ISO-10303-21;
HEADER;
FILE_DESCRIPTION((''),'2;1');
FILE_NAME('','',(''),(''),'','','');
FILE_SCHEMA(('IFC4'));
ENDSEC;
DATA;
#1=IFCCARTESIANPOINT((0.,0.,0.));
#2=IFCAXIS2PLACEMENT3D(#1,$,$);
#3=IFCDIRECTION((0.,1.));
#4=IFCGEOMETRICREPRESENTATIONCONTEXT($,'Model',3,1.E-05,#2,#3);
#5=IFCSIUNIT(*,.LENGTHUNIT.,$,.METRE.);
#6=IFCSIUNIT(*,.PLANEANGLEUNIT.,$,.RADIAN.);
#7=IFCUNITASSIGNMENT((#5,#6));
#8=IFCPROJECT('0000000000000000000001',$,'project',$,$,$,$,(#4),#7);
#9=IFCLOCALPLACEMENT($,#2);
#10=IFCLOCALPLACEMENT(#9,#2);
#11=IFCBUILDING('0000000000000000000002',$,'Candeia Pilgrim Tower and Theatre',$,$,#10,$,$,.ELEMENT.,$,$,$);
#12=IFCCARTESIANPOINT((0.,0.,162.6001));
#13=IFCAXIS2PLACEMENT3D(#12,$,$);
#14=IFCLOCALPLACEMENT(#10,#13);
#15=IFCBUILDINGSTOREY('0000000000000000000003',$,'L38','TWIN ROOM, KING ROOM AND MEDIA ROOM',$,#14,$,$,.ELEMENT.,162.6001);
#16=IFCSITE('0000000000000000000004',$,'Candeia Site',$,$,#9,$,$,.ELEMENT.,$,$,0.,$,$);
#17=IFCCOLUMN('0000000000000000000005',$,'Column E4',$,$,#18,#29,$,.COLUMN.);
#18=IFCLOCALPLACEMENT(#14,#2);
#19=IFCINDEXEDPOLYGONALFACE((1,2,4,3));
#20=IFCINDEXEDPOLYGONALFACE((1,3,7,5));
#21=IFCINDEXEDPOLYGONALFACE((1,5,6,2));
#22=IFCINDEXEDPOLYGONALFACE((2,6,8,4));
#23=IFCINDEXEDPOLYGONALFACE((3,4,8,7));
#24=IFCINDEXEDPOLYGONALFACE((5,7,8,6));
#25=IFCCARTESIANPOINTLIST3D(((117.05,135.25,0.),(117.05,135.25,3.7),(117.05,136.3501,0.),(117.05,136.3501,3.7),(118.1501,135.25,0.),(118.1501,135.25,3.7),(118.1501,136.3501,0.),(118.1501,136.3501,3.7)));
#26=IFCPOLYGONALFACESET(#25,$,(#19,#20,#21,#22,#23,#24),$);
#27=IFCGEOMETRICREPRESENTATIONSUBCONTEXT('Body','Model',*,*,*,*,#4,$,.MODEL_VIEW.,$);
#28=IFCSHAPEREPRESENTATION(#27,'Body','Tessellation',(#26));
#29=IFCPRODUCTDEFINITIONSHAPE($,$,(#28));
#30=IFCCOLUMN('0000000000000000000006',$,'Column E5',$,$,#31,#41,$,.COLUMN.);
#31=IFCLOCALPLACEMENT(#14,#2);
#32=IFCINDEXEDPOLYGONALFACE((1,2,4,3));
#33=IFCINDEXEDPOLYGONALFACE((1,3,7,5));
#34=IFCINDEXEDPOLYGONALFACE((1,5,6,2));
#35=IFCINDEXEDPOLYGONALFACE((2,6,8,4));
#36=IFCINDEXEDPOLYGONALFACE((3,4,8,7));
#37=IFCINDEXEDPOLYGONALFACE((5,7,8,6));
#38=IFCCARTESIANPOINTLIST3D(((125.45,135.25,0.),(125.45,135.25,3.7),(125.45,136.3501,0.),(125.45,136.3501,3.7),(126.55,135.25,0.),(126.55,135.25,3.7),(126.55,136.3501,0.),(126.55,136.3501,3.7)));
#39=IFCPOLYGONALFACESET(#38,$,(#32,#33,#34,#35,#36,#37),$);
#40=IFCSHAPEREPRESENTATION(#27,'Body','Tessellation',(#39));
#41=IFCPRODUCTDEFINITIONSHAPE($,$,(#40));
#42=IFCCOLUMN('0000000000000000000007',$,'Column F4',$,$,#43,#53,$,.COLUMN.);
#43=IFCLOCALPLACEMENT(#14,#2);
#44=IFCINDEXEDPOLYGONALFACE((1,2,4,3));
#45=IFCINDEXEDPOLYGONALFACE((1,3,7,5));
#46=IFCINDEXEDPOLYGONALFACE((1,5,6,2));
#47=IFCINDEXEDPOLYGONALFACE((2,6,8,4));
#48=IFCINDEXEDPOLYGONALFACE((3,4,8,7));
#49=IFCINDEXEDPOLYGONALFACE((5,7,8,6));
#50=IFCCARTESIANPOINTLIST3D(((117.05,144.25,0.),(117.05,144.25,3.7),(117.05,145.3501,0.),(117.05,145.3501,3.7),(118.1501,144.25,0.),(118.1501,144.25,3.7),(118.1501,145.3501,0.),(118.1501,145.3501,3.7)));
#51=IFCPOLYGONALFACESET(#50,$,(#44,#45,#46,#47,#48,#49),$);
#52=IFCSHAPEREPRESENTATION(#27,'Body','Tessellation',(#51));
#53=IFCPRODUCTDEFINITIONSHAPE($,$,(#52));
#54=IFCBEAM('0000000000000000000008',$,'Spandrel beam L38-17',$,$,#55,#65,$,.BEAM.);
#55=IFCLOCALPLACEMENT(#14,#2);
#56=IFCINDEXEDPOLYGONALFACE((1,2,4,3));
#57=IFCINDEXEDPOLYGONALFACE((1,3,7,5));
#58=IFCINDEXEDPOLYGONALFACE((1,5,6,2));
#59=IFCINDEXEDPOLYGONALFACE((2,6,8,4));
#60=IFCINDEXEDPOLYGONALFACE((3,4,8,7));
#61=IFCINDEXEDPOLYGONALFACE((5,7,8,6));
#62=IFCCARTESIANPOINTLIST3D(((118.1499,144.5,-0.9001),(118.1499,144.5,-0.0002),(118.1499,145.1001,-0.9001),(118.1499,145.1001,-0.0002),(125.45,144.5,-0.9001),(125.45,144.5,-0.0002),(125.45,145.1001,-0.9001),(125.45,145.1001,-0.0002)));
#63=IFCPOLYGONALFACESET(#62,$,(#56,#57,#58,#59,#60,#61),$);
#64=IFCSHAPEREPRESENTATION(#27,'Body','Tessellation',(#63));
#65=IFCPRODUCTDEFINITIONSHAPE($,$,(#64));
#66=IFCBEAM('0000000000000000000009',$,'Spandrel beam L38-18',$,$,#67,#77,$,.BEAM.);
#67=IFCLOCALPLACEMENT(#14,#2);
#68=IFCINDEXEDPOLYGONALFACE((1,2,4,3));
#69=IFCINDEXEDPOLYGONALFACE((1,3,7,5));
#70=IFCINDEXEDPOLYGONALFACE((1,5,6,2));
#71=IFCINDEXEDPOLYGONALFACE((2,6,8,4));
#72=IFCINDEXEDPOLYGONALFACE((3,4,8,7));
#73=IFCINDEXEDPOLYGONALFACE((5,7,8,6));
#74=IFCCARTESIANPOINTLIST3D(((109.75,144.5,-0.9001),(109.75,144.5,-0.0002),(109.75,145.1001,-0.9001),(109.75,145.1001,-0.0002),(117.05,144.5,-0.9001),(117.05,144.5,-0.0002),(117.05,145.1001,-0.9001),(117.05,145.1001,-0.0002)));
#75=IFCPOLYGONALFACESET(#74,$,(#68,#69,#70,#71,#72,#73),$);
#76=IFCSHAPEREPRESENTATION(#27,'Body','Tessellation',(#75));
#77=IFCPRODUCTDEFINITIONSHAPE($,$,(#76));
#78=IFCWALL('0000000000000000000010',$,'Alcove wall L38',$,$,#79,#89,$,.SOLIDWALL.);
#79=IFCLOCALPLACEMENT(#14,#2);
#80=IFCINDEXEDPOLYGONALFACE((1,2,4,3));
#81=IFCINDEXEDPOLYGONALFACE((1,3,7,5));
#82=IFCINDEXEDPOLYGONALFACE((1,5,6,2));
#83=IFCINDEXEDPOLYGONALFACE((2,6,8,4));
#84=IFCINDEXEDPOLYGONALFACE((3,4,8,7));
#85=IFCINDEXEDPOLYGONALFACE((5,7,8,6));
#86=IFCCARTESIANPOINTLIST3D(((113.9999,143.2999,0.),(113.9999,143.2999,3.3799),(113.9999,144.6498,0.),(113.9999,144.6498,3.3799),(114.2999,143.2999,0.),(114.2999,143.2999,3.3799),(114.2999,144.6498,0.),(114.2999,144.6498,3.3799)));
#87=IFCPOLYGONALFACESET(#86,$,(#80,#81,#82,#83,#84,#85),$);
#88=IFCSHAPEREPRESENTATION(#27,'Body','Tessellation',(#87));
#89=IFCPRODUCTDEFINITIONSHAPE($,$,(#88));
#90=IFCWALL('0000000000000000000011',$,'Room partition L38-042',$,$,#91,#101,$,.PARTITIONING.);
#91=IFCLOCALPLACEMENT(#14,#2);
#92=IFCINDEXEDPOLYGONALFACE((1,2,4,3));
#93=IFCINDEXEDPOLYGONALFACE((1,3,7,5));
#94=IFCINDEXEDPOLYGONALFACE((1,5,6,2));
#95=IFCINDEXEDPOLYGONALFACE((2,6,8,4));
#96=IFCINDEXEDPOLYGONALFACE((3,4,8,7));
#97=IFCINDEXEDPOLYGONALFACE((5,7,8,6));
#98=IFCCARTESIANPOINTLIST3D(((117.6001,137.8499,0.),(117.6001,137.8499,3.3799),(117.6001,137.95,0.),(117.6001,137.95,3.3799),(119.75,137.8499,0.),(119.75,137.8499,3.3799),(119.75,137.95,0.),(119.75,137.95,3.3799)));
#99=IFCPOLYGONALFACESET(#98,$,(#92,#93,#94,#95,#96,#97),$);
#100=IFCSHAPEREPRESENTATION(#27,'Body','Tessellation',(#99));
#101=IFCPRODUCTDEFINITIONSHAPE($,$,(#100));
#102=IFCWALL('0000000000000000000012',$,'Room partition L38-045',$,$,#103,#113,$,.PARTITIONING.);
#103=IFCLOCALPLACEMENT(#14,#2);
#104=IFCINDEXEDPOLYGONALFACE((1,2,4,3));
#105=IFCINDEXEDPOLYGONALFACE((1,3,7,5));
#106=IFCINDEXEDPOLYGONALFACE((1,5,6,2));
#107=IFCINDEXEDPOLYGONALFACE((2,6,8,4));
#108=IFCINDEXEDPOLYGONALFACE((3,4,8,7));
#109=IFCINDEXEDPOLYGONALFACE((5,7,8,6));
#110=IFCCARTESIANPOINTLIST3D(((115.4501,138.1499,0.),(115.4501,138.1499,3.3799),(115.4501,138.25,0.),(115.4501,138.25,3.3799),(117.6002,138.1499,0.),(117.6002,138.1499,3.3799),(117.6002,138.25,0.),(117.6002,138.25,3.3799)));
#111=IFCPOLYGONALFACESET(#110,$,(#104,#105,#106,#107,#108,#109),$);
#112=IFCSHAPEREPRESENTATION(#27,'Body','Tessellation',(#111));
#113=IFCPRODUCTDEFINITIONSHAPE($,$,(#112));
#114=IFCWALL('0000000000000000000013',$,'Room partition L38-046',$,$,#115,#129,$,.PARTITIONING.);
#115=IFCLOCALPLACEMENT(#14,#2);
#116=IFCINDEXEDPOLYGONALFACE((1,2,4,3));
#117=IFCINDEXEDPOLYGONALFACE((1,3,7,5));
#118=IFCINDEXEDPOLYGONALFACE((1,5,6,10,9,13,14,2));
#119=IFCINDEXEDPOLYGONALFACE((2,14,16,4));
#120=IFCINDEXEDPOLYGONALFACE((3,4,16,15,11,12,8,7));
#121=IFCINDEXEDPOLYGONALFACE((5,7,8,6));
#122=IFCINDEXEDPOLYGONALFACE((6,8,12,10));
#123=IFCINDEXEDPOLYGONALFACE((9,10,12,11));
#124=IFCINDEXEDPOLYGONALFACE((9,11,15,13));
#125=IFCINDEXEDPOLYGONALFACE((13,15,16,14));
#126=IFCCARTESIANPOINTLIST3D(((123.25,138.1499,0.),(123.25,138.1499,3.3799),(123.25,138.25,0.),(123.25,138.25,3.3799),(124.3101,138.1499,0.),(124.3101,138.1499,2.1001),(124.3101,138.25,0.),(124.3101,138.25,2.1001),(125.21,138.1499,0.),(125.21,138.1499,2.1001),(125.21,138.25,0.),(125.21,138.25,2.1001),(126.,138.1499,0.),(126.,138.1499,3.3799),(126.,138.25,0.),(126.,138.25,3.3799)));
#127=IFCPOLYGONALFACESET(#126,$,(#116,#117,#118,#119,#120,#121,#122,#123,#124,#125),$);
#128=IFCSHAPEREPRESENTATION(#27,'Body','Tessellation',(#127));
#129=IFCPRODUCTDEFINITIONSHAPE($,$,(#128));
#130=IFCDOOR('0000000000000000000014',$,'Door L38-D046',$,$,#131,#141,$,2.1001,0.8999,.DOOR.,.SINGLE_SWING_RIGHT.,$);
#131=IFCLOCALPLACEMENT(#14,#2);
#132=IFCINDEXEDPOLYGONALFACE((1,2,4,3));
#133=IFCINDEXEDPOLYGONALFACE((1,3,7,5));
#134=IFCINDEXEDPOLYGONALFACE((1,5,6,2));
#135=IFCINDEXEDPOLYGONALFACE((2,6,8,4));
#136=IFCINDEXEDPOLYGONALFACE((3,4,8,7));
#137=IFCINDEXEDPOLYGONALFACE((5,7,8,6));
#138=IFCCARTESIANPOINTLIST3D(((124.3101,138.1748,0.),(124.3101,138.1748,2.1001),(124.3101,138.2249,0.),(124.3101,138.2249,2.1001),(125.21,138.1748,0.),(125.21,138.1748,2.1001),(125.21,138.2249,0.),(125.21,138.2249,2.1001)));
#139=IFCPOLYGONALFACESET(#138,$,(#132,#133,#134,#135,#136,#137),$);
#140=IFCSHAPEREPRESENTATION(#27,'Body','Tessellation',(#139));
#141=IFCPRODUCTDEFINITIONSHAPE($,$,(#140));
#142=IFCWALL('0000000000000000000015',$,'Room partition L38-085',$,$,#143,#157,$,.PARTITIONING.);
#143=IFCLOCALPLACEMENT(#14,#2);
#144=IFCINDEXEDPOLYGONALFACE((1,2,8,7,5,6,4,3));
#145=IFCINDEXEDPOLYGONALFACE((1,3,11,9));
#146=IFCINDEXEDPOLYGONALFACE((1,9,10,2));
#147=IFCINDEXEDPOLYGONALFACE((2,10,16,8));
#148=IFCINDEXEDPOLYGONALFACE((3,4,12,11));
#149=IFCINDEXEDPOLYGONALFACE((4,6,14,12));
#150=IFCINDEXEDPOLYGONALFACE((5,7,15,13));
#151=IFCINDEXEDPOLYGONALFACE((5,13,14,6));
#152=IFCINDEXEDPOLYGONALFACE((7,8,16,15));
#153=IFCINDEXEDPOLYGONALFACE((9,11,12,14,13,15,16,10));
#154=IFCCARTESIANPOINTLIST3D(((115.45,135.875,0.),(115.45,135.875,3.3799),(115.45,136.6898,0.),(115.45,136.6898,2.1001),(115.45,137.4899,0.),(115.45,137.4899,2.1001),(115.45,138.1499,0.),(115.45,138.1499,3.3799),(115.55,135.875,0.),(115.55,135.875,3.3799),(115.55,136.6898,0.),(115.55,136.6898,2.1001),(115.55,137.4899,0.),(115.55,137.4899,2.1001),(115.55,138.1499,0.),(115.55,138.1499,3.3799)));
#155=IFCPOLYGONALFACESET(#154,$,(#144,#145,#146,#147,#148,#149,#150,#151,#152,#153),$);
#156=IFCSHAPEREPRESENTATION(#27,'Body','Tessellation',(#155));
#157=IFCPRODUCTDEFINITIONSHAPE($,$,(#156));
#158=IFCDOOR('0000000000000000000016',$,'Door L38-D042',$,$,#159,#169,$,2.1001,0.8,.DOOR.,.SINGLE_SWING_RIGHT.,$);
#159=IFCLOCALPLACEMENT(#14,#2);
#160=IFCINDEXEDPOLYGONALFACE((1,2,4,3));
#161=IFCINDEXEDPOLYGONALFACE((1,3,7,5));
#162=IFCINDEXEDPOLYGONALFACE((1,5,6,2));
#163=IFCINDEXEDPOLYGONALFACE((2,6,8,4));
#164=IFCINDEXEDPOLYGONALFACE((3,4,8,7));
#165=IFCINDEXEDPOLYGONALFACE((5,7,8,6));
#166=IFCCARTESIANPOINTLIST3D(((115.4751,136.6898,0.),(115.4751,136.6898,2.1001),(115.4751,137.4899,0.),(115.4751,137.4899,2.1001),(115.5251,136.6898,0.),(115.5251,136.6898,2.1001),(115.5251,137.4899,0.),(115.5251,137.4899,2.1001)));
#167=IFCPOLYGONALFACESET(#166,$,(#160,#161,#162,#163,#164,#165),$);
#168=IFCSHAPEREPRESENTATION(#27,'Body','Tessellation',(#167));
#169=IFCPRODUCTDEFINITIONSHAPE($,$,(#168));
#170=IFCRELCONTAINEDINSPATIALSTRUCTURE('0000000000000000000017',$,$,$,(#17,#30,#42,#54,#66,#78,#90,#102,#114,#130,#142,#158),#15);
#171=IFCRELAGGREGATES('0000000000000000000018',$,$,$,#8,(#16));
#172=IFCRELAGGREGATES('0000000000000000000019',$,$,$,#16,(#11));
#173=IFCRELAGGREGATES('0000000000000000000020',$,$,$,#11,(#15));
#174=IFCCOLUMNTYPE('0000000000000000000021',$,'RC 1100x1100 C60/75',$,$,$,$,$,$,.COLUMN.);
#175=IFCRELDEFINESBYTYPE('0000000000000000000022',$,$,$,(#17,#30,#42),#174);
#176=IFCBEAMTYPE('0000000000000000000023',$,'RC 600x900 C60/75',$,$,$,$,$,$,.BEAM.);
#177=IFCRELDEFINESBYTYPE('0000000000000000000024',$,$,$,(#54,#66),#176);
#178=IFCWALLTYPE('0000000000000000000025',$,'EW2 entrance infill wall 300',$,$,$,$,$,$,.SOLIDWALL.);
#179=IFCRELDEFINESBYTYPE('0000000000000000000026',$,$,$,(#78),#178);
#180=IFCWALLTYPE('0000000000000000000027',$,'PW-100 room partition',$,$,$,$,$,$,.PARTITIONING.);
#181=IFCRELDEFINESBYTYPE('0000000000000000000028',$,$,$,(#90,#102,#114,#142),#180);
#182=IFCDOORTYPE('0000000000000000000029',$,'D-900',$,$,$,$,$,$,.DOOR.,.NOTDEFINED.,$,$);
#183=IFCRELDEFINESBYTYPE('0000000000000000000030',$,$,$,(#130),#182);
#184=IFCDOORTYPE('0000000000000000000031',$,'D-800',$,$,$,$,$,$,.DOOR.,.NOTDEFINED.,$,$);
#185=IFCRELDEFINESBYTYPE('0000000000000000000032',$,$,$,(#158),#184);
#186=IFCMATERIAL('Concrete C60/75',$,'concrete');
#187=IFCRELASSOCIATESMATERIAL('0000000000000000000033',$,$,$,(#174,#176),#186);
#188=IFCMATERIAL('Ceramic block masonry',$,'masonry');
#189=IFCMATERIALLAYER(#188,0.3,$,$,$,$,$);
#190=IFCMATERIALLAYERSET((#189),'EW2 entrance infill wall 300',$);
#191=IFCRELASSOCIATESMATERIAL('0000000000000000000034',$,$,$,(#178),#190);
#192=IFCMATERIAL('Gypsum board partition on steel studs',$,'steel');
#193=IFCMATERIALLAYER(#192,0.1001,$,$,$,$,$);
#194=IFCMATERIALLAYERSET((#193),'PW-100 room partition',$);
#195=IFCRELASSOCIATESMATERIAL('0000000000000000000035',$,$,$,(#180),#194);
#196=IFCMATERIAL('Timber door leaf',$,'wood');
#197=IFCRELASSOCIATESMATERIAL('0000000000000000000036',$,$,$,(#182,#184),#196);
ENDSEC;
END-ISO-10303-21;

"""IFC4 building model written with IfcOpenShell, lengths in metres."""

from ifc_helpers import new_model, si_unit, direction, frame, frame_2d, origin, origin_2d, place, context, subcontext, project, spatial, rectangle, extrude, material, layer, layer_set, material_profile, profile_set, type_object, element, fill, save


model = new_model("IFC4")

# Units and contexts
model_context = context("Model", 3, precision=1e-05, world=origin(), true_north=direction((0.0, 1.0)))
body_context = subcontext(model_context, "Body", "Model", "MODEL_VIEW")
ifc_project = project(units=[si_unit("LENGTHUNIT", "METRE"), si_unit("PLANEANGLEUNIT", "RADIAN")], contexts=[model_context])

# Site, building, storey
site_placement = place(None, origin())
site = spatial("IfcSite", under=ifc_project, at=site_placement, Name="Candeia Site", CompositionType="ELEMENT", RefElevation=0.0)
building_placement = place(site_placement, origin())
building = spatial("IfcBuilding", under=site, at=building_placement, Name="Candeia Pilgrim Tower and Theatre", CompositionType="ELEMENT")
storey_placement = place(building_placement, frame((0.0, 0.0, 162.6001)))
storey = spatial("IfcBuildingStorey", under=building, at=storey_placement, Name="L38", Description="TWIN ROOM, KING ROOM AND MEDIA ROOM", CompositionType="ELEMENT", Elevation=162.6001)

# Columns
ifc_material_1 = material(Name="Concrete C60/75", Category="concrete")
ifc_material_profile_1 = material_profile(ifc_material_1, rectangle(XDim=1.1001, YDim=1.1001, at=origin_2d()))
ifc_profile_set_1 = profile_set([ifc_material_profile_1], Name="Concrete C60/75")
column_type = type_object("IfcColumnType", Name="RC 1100x1100 C60/75", PredefinedType="COLUMN", material=ifc_profile_set_1)
for number, where, z_axis, x_axis, name in (
    (1, (117.6001, 135.8, 0.0), (0.0, 0.0, 1.0), (1.0, 0.0, 0.0), "Column E4"),
    (2, (126.0, 135.8, 0.0), (0.0, 0.0, 1.0), (1.0, 0.0, 0.0), "Column E5"),
    (3, (117.6001, 144.8, 0.0), (0.0, 0.0, 1.0), (1.0, 0.0, 0.0), "Column F4"),
):
    element("IfcColumn", number, at=place(storey_placement, frame(where, z_axis=z_axis, x_axis=x_axis)), inside=storey, type_object=column_type, Name=name, PredefinedType="COLUMN", context=body_context, shape_type="SweptSolid", body=[
        extrude(rectangle(XDim=1.1001, YDim=1.1001, at=origin_2d()), origin(), (0.0, 0.0, 1.0), 3.7),
    ])

# Beams
ifc_material_profile_2 = material_profile(ifc_material_1, rectangle(XDim=0.6001, YDim=0.8999, at=origin_2d()))
ifc_profile_set_2 = profile_set([ifc_material_profile_2], Name="Concrete C60/75")
beam_type = type_object("IfcBeamType", Name="RC 600x900 C60/75", PredefinedType="BEAM", material=ifc_profile_set_2)
for number, where, z_axis, x_axis, name in (
    (4, (125.45, 144.8, -0.4502), (-1.0, 0.0, 0.0), (0.0, -1.0, 0.0), "Spandrel beam L38-17"),
    (5, (117.05, 144.8, -0.4502), (-1.0, 0.0, 0.0), (0.0, -1.0, 0.0), "Spandrel beam L38-18"),
):
    element("IfcBeam", number, at=place(storey_placement, frame(where, z_axis=z_axis, x_axis=x_axis)), inside=storey, type_object=beam_type, Name=name, PredefinedType="BEAM", context=body_context, shape_type="SweptSolid", body=[
        extrude(rectangle(XDim=0.6001, YDim=0.8999, at=origin_2d()), origin(), (0.0, 0.0, 1.0), 7.3),
    ])

# Wall
ifc_material_2 = material(Name="Ceramic block masonry", Category="masonry")
ifc_layer_1 = layer(ifc_material_2, 0.3)
ifc_layer_set_1 = layer_set([ifc_layer_1], Name="EW2 entrance infill wall 300")
wall_type_1 = type_object("IfcWallType", Name="EW2 entrance infill wall 300", PredefinedType="SOLIDWALL", material=ifc_layer_set_1)
wall_1_placement = place(storey_placement, frame((114.1499, 143.3, 0.0), z_axis=(0.0, 0.0, 1.0), x_axis=(0.0, 1.0, 0.0)))
element("IfcWall", 6, at=wall_1_placement, inside=storey, type_object=wall_type_1, Name="Alcove wall L38", PredefinedType="SOLIDWALL", context=body_context, shape_type="SweptSolid", body=[
    extrude(rectangle(XDim=1.3499, YDim=0.3, at=frame_2d((0.6748, 0.0))), origin(), (0.0, 0.0, 1.0), 3.3799),
])

# Walls
ifc_material_3 = material(Name="Gypsum board partition on steel studs", Category="steel")
ifc_layer_2 = layer(ifc_material_3, 0.1001)
ifc_layer_set_2 = layer_set([ifc_layer_2], Name="PW-100 room partition")
wall_type_2 = type_object("IfcWallType", Name="PW-100 room partition", PredefinedType="PARTITIONING", material=ifc_layer_set_2)
wall_2_placement = place(storey_placement, frame((117.6001, 137.8999, 0.0), z_axis=(0.0, 0.0, 1.0), x_axis=(1.0, 0.0, 0.0)))
element("IfcWall", 7, at=wall_2_placement, inside=storey, type_object=wall_type_2, Name="Room partition L38-042", PredefinedType="PARTITIONING", context=body_context, shape_type="SweptSolid", body=[
    extrude(rectangle(XDim=2.1499, YDim=0.1001, at=frame_2d((1.075, 0.0))), origin(), (0.0, 0.0, 1.0), 3.3799),
])
wall_3_placement = place(storey_placement, frame((115.45, 138.2, 0.0), z_axis=(0.0, 0.0, 1.0), x_axis=(1.0, 0.0, 0.0)))
element("IfcWall", 8, at=wall_3_placement, inside=storey, type_object=wall_type_2, Name="Room partition L38-045", PredefinedType="PARTITIONING", context=body_context, shape_type="SweptSolid", body=[
    extrude(rectangle(XDim=2.1501, YDim=0.1001, at=frame_2d((1.0752, 0.0))), origin(), (0.0, 0.0, 1.0), 3.3799),
])

# Walls, openings, doors
wall_4_placement = place(storey_placement, frame((123.25, 138.2, 0.0), z_axis=(0.0, 0.0, 1.0), x_axis=(1.0, 0.0, 0.0)))
wall_4 = element("IfcWall", 9, at=wall_4_placement, inside=storey, type_object=wall_type_2, Name="Room partition L38-046", PredefinedType="PARTITIONING", context=body_context, shape_type="SweptSolid", body=[
    extrude(rectangle(XDim=2.75, YDim=0.1001, at=frame_2d((1.375, 0.0))), origin(), (0.0, 0.0, 1.0), 3.3799),
])
opening_1_placement = place(wall_4_placement, frame((1.0601, 0.0, 0.0)))
opening_1 = element("IfcOpeningElement", 10, at=opening_1_placement, cuts=wall_4, PredefinedType="OPENING", context=body_context, shape_type="SweptSolid", body=[
    extrude(rectangle(XDim=0.8999, YDim=2.1001, at=frame_2d((0.45, 1.05))), frame((0.0, 0.0601, 0.0), z_axis=(0.0, -1.0, 0.0), x_axis=(1.0, 0.0, 0.0)), (0.0, 0.0, 1.0), 0.1201),
])
ifc_material_4 = material(Name="Timber door leaf", Category="wood")
door_type_1 = type_object("IfcDoorType", Name="D-900", OperationType="NOTDEFINED", PredefinedType="DOOR", material=ifc_material_4)
door_1_placement = place(opening_1_placement, origin())
door_1 = element("IfcDoor", 11, at=door_1_placement, inside=storey, type_object=door_type_1, Name="Door L38-D046", OperationType="SINGLE_SWING_RIGHT", OverallHeight=2.1001, OverallWidth=0.8999, PredefinedType="DOOR", context=body_context, shape_type="SweptSolid", body=[
    extrude(rectangle(XDim=0.8999, YDim=2.1001, at=frame_2d((0.45, 1.05))), frame((0.0, 0.0249, 0.0), z_axis=(0.0, -1.0, 0.0), x_axis=(1.0, 0.0, 0.0)), (0.0, 0.0, 1.0), 0.05),
])
fill(opening_1, door_1)
wall_5_placement = place(storey_placement, frame((115.5, 135.875, 0.0), z_axis=(0.0, 0.0, 1.0), x_axis=(0.0, 1.0, 0.0)))
wall_5 = element("IfcWall", 12, at=wall_5_placement, inside=storey, type_object=wall_type_2, Name="Room partition L38-085", PredefinedType="PARTITIONING", context=body_context, shape_type="SweptSolid", body=[
    extrude(rectangle(XDim=2.2749, YDim=0.1001, at=frame_2d((1.1375, 0.0))), origin(), (0.0, 0.0, 1.0), 3.3799),
])
opening_2_placement = place(wall_5_placement, frame((0.8149, 0.0, 0.0)))
opening_2 = element("IfcOpeningElement", 13, at=opening_2_placement, cuts=wall_5, PredefinedType="OPENING", context=body_context, shape_type="SweptSolid", body=[
    extrude(rectangle(XDim=0.8, YDim=2.1001, at=frame_2d((0.3999, 1.05))), frame((0.0, 0.0601, 0.0), z_axis=(0.0, -1.0, 0.0), x_axis=(1.0, 0.0, 0.0)), (0.0, 0.0, 1.0), 0.1201),
])
door_type_2 = type_object("IfcDoorType", Name="D-800", OperationType="NOTDEFINED", PredefinedType="DOOR", material=ifc_material_4)
door_2_placement = place(opening_2_placement, origin())
door_2 = element("IfcDoor", 14, at=door_2_placement, inside=storey, type_object=door_type_2, Name="Door L38-D042", OperationType="SINGLE_SWING_RIGHT", OverallHeight=2.1001, OverallWidth=0.8, PredefinedType="DOOR", context=body_context, shape_type="SweptSolid", body=[
    extrude(rectangle(XDim=0.8, YDim=2.1001, at=frame_2d((0.3999, 1.05))), frame((0.0, 0.0249, 0.0), z_axis=(0.0, -1.0, 0.0), x_axis=(1.0, 0.0, 0.0)), (0.0, 0.0, 1.0), 0.05),
])
fill(opening_2, door_2)

save(model, "model.ifc")
